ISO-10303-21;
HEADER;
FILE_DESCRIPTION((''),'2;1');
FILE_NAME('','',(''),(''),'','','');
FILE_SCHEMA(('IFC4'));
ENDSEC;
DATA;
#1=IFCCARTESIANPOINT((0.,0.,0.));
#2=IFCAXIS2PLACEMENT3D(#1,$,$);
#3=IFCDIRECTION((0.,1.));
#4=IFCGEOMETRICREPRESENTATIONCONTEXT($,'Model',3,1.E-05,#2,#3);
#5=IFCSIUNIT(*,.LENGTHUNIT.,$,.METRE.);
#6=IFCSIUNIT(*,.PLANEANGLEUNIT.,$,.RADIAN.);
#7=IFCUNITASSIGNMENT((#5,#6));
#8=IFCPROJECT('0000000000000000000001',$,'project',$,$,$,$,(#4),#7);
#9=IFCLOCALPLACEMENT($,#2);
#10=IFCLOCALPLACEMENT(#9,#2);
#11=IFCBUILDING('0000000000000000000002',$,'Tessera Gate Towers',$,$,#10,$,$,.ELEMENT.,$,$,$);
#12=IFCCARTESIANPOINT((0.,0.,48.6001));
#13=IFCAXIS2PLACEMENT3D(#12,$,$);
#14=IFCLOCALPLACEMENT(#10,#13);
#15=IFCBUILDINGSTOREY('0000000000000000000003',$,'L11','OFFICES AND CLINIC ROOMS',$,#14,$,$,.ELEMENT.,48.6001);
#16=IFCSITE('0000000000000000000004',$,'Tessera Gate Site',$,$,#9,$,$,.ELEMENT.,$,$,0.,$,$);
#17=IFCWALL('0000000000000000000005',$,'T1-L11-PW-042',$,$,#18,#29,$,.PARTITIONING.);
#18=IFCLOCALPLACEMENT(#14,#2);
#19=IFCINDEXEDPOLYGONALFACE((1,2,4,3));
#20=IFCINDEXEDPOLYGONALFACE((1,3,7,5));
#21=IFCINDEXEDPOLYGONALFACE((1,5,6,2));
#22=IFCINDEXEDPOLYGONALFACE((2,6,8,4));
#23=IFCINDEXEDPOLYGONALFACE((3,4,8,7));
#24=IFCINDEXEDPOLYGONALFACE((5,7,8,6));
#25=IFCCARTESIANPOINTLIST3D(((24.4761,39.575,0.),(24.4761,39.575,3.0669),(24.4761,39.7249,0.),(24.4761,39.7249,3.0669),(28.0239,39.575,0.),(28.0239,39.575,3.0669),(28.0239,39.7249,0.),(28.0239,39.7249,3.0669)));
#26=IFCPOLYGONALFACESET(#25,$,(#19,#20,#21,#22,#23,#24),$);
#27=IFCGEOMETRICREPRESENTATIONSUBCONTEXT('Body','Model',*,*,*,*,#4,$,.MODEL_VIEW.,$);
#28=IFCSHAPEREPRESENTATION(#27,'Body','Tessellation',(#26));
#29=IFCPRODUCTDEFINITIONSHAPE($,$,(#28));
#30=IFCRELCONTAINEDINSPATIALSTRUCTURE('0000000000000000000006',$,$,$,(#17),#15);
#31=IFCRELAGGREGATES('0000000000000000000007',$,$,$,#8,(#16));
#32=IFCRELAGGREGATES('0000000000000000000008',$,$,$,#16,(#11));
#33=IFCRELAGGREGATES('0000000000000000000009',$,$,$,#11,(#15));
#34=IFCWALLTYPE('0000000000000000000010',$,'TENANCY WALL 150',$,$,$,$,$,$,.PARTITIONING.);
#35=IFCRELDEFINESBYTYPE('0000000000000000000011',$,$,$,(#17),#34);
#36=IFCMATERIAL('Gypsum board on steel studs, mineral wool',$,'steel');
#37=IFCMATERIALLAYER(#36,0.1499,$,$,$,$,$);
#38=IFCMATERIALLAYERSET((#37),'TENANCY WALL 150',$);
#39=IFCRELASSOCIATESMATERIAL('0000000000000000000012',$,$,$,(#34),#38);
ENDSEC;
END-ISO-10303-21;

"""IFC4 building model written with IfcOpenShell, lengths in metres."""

from ifc_helpers import new_model, si_unit, direction, frame, frame_2d, origin, place, context, subcontext, project, spatial, rectangle, extrude, material, layer, layer_set, type_object, element, save


model = new_model("IFC4")

# Units and contexts
model_context = context("Model", 3, precision=1e-05, world=origin(), true_north=direction((0.0, 1.0)))
body_context = subcontext(model_context, "Body", "Model", "MODEL_VIEW")
ifc_project = project(units=[si_unit("LENGTHUNIT", "METRE"), si_unit("PLANEANGLEUNIT", "RADIAN")], contexts=[model_context])

# Site, building, storey
site_placement = place(None, origin())
site = spatial("IfcSite", under=ifc_project, at=site_placement, Name="Tessera Gate Site", CompositionType="ELEMENT", RefElevation=0.0)
building_placement = place(site_placement, origin())
building = spatial("IfcBuilding", under=site, at=building_placement, Name="Tessera Gate Towers", CompositionType="ELEMENT")
storey_placement = place(building_placement, frame((0.0, 0.0, 48.6001)))
storey = spatial("IfcBuildingStorey", under=building, at=storey_placement, Name="L11", Description="OFFICES AND CLINIC ROOMS", CompositionType="ELEMENT", Elevation=48.6001)

# Wall
ifc_material_1 = material(Name="Gypsum board on steel studs, mineral wool", Category="steel")
ifc_layer_1 = layer(ifc_material_1, 0.1499)
ifc_layer_set_1 = layer_set([ifc_layer_1], Name="TENANCY WALL 150")
wall_type_1 = type_object("IfcWallType", Name="TENANCY WALL 150", PredefinedType="PARTITIONING", material=ifc_layer_set_1)
wall_1_placement = place(storey_placement, frame((24.4761, 39.6499, 0.0), z_axis=(0.0, 0.0, 1.0), x_axis=(1.0, 0.0, 0.0)))
element("IfcWall", 1, at=wall_1_placement, inside=storey, type_object=wall_type_1, Name="T1-L11-PW-042", PredefinedType="PARTITIONING", context=body_context, shape_type="SweptSolid", body=[
    extrude(rectangle(XDim=3.5479, YDim=0.1499, at=frame_2d((1.7739, 0.0))), origin(), (0.0, 0.0, 1.0), 3.0669),
])

save(model, "model.ifc")
